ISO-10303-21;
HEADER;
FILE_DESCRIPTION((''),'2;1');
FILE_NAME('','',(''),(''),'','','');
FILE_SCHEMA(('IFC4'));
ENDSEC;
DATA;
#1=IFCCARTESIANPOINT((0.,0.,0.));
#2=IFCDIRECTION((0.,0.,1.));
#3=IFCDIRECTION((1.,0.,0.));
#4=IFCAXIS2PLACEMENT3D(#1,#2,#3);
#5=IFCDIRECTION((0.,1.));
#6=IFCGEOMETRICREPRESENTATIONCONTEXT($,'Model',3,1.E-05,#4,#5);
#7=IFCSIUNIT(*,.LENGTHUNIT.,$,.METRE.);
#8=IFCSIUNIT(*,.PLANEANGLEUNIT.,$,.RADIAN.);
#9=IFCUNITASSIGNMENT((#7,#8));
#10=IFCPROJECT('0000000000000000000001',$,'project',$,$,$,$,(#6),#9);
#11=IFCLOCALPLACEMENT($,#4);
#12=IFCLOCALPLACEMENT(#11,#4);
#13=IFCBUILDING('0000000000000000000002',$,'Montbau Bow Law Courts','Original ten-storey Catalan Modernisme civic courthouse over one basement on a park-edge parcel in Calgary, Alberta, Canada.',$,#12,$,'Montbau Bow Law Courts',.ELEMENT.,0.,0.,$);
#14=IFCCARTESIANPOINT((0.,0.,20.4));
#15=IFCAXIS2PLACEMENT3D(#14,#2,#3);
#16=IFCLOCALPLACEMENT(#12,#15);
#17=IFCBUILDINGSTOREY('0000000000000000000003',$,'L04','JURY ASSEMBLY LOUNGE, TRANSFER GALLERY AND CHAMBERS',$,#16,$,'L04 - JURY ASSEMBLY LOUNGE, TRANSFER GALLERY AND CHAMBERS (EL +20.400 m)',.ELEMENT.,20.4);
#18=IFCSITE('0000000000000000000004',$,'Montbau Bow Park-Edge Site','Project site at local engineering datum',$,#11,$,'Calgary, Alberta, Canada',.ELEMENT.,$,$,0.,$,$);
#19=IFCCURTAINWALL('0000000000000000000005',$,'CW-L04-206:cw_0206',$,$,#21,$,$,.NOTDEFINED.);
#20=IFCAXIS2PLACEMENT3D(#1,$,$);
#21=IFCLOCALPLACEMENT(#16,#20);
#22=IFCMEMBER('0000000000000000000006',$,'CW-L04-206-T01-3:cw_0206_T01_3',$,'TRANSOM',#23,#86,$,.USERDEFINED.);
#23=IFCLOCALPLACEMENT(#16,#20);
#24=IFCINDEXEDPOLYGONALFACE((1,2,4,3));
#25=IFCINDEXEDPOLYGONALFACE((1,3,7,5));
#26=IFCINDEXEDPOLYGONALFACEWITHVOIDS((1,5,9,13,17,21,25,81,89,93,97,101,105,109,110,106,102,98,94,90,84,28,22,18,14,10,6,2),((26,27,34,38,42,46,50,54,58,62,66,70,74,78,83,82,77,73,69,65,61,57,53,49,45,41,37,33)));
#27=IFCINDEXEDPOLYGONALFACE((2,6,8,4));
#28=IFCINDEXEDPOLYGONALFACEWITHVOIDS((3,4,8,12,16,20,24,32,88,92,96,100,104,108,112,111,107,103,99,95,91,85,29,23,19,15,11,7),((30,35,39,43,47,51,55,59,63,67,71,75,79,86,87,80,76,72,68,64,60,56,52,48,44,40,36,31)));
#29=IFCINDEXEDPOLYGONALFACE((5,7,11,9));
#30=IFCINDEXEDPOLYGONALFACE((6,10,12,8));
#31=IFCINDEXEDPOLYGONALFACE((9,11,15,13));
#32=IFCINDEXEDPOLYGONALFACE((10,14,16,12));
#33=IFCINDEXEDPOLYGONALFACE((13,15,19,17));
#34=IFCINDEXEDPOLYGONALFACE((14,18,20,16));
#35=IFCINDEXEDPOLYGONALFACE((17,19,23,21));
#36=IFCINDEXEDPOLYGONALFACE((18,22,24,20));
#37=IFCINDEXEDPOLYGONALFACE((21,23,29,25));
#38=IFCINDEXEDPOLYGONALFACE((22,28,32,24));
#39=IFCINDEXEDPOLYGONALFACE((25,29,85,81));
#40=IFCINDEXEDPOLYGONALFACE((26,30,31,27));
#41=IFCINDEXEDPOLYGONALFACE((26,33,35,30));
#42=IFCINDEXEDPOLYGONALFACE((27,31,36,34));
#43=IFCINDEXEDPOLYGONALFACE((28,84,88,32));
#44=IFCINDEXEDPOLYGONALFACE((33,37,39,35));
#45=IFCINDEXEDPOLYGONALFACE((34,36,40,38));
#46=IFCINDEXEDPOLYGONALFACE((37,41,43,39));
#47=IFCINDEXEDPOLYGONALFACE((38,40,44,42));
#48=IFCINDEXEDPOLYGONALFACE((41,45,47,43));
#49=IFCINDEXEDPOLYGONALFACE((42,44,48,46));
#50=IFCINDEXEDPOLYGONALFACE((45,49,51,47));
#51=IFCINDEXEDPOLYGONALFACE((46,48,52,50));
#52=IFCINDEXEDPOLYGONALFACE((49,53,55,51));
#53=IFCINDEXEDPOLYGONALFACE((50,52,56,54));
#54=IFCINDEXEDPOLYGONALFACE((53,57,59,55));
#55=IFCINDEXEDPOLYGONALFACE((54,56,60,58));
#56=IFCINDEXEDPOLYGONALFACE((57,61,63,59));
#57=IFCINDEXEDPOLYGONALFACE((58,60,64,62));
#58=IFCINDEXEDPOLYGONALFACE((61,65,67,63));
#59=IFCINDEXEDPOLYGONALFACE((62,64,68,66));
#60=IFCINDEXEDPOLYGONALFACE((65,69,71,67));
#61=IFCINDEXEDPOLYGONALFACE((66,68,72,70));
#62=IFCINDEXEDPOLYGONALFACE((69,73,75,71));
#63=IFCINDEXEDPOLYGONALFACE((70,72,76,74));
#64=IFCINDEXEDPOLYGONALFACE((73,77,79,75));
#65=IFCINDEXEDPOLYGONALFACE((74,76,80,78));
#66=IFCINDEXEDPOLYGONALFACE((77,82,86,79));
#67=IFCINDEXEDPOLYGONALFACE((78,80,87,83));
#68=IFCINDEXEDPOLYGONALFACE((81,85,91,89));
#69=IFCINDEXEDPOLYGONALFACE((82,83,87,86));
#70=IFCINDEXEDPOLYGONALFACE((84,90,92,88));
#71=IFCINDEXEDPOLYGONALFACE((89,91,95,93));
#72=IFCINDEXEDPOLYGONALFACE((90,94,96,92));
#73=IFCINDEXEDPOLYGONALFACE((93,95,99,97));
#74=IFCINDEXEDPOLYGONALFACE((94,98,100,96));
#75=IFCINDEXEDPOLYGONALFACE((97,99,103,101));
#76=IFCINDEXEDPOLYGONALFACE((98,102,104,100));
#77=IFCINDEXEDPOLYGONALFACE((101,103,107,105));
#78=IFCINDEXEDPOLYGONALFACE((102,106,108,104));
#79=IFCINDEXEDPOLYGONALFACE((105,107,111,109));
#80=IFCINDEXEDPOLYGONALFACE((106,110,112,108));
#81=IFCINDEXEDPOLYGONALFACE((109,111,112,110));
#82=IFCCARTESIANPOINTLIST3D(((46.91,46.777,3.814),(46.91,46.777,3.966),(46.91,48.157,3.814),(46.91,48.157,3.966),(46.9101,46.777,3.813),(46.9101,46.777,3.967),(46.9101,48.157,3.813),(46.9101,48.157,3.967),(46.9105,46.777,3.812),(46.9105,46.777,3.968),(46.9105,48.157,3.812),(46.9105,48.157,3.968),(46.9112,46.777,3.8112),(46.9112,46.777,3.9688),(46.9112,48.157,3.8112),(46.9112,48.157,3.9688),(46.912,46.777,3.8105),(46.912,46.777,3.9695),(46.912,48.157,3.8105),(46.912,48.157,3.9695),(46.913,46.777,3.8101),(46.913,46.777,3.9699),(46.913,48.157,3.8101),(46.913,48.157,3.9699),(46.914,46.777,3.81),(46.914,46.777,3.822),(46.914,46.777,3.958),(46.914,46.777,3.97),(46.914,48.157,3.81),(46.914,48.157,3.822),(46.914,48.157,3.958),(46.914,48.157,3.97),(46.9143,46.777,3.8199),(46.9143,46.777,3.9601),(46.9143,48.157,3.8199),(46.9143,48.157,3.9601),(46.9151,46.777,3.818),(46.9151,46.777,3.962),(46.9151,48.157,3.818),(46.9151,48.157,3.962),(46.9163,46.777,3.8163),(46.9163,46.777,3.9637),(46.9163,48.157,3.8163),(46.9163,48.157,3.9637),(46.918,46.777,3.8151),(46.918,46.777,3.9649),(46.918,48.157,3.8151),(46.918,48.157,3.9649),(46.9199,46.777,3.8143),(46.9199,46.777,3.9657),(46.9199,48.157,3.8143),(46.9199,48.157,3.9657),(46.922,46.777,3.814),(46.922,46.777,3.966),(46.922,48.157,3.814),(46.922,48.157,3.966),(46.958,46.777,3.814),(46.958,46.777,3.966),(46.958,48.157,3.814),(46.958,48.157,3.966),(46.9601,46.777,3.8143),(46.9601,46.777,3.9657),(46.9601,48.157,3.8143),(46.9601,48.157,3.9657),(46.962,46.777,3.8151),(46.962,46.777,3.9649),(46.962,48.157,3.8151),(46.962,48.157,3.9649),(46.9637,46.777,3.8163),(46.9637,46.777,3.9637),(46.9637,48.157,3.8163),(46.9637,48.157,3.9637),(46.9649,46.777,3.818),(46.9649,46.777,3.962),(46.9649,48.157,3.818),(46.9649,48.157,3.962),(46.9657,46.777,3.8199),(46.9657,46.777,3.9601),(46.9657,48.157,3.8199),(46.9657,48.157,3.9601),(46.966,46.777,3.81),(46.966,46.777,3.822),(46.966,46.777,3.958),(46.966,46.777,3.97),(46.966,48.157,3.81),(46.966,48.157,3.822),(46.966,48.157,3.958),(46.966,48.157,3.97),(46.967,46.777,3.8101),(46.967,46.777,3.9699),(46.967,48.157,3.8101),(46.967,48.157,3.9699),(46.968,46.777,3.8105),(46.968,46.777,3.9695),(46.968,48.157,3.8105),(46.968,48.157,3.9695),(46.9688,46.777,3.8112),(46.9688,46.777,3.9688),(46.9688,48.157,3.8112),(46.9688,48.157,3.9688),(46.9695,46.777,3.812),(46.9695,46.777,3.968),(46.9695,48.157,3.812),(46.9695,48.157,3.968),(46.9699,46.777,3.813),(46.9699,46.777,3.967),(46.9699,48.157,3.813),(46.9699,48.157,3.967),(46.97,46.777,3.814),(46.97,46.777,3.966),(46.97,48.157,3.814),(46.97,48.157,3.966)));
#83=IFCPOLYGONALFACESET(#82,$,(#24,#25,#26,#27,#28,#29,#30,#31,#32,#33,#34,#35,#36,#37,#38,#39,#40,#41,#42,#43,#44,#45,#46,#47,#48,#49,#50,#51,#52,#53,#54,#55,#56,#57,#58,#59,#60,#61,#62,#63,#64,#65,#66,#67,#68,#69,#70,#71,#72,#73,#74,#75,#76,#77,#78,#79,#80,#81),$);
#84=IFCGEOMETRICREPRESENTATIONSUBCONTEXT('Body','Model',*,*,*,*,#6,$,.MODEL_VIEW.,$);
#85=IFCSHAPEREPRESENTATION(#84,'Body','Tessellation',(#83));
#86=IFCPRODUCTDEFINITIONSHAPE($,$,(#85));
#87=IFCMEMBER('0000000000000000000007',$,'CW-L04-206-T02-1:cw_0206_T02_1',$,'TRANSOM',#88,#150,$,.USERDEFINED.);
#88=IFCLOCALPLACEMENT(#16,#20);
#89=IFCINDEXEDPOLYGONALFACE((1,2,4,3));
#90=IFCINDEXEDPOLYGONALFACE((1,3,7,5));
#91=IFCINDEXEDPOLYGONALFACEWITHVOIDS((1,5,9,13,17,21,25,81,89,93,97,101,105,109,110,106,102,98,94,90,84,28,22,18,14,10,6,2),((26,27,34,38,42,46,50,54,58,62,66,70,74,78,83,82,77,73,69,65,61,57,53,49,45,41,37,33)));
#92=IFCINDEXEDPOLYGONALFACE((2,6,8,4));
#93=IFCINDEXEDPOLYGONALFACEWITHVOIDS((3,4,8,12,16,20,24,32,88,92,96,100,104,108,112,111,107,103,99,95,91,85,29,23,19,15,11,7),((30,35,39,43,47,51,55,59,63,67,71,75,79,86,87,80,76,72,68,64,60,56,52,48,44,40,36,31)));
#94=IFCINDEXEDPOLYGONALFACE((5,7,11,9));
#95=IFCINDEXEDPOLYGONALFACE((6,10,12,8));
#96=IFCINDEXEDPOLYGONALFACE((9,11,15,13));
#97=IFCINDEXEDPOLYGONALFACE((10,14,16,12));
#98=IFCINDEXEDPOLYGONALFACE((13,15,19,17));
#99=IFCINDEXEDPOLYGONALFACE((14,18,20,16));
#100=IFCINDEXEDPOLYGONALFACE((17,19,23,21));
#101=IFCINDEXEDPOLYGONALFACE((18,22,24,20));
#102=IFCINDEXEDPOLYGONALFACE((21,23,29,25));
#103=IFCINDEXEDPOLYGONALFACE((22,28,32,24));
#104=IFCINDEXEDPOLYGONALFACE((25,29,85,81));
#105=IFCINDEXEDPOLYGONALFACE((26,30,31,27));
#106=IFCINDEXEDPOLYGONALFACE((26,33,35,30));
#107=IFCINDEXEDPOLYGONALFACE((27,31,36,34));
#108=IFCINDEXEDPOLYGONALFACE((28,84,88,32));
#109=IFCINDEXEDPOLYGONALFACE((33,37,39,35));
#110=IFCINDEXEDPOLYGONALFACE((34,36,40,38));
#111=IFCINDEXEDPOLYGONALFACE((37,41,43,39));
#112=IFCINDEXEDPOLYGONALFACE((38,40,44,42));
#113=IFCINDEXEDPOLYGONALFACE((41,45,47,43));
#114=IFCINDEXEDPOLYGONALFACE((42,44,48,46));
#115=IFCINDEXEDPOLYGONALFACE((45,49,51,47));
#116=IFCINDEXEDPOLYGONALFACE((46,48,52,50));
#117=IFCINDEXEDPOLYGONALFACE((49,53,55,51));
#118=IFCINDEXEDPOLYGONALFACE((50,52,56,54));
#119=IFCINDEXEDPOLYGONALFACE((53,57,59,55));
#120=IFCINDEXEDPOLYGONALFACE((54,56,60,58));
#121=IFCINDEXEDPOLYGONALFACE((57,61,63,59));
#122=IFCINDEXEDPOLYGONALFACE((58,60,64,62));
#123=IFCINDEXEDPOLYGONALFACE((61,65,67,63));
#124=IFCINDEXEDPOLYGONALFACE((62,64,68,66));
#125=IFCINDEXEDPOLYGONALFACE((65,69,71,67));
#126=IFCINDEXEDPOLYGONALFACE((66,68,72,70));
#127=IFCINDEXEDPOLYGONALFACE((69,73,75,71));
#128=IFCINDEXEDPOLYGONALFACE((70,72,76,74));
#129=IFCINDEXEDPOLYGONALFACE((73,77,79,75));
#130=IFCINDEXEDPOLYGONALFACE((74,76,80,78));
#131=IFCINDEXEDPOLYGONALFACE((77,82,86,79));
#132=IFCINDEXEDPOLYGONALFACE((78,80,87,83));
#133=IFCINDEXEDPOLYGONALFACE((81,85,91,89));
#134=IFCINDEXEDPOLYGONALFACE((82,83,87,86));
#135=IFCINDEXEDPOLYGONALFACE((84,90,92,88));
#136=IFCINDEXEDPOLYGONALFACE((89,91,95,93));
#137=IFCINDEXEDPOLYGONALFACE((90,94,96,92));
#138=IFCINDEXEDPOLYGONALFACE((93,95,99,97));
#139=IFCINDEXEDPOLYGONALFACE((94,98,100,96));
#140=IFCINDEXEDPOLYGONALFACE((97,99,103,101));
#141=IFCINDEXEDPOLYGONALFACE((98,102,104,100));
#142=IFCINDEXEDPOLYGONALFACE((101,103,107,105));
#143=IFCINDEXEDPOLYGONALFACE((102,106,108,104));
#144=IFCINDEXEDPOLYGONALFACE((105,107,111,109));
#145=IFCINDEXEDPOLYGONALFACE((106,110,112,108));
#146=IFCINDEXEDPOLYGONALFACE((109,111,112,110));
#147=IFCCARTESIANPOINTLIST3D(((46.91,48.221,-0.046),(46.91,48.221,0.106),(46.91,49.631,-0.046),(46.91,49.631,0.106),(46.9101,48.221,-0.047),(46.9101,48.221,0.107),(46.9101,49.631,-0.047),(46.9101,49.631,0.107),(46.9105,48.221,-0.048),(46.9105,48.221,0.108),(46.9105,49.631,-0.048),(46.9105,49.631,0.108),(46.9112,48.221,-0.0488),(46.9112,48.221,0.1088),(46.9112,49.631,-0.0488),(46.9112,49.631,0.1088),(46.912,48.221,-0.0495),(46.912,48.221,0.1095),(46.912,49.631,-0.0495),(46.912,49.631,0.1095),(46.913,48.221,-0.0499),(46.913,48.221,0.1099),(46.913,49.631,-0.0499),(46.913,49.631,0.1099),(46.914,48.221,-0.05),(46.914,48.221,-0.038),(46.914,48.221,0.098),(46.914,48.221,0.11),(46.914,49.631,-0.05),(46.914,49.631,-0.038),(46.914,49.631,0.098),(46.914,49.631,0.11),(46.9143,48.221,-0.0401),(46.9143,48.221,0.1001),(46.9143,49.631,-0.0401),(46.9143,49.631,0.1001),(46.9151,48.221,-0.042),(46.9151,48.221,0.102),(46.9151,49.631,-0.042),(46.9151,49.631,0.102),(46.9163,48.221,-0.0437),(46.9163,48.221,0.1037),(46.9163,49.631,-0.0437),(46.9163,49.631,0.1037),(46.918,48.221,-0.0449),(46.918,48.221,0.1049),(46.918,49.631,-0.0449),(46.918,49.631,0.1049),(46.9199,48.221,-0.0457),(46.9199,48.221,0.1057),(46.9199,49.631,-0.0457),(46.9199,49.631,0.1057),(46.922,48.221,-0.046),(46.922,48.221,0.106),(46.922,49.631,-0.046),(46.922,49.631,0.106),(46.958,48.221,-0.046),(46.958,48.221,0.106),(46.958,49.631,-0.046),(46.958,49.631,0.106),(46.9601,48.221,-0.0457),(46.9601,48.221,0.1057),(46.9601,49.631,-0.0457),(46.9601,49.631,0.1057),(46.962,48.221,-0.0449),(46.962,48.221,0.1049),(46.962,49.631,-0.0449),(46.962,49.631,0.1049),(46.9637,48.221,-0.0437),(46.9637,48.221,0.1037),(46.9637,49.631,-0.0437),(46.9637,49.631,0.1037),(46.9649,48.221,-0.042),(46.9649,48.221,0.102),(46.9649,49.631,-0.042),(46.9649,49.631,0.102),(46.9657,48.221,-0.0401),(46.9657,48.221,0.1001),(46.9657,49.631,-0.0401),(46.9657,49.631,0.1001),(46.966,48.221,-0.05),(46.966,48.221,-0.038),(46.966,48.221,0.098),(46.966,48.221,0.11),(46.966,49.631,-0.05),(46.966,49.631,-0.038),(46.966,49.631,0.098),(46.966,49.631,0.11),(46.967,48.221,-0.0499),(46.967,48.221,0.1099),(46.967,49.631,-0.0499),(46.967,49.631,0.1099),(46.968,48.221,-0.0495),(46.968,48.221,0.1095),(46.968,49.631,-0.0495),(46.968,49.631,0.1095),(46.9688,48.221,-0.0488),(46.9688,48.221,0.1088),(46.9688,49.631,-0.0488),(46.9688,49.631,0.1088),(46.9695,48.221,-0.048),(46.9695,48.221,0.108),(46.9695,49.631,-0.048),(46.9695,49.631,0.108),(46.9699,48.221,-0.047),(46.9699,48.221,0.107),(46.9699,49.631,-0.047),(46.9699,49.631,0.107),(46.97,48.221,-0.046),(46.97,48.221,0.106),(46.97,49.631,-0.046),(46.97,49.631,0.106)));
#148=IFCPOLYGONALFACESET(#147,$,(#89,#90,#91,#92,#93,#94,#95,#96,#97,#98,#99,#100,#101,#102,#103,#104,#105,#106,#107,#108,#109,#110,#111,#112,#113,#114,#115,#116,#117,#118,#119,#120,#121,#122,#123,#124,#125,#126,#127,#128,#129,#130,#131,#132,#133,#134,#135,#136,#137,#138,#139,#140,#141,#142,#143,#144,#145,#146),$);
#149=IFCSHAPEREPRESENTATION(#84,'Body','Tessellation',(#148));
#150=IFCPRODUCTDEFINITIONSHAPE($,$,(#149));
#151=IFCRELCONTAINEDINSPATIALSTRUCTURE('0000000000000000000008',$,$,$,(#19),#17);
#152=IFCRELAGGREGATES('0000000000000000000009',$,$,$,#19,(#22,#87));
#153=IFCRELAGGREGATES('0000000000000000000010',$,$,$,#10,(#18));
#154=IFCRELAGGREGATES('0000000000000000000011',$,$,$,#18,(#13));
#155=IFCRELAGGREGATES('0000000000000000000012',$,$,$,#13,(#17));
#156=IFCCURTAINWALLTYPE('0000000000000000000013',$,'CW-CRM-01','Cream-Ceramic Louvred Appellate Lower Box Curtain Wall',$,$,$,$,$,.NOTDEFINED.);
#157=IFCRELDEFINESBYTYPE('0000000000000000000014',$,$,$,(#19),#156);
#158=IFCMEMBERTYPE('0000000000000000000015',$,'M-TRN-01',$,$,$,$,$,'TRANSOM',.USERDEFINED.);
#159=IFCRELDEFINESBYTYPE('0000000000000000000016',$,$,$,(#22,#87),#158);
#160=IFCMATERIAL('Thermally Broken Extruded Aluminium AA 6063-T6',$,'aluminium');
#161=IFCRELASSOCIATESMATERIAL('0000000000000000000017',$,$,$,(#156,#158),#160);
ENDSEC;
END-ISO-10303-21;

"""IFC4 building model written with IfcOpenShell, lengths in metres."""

from ifc_helpers import new_model, si_unit, direction, frame, origin_with_axes, origin_2d_with_axis, place, context, subcontext, project, spatial, hollow_rectangle, extrude, material, material_profile, profile_set, type_object, element, aggregate, save


model = new_model("IFC4")

# Units and contexts
model_context = context("Model", 3, precision=1e-05, world=origin_with_axes(), true_north=direction((0.0, 1.0)))
body_context = subcontext(model_context, "Body", "Model", "MODEL_VIEW")
ifc_project = project(units=[si_unit("LENGTHUNIT", "METRE"), si_unit("PLANEANGLEUNIT", "RADIAN")], contexts=[model_context])

# Site, building, storey
site_placement = place(None, origin_with_axes())
site = spatial("IfcSite", under=ifc_project, at=site_placement, Name="Montbau Bow Park-Edge Site", Description="Project site at local engineering datum", LongName="Calgary, Alberta, Canada", CompositionType="ELEMENT", RefElevation=0.0)
building_placement = place(site_placement, origin_with_axes())
building = spatial("IfcBuilding", under=site, at=building_placement, Name="Montbau Bow Law Courts", Description="Original ten-storey Catalan Modernisme civic courthouse over one basement on a park-edge parcel in Calgary, Alberta, Canada.", LongName="Montbau Bow Law Courts", CompositionType="ELEMENT", ElevationOfRefHeight=0.0, ElevationOfTerrain=0.0)
storey_placement = place(building_placement, frame((0.0, 0.0, 20.4), z_axis=(0.0, 0.0, 1.0), x_axis=(1.0, 0.0, 0.0)))
storey = spatial("IfcBuildingStorey", under=building, at=storey_placement, Name="L04", Description="JURY ASSEMBLY LOUNGE, TRANSFER GALLERY AND CHAMBERS", LongName="L04 - JURY ASSEMBLY LOUNGE, TRANSFER GALLERY AND CHAMBERS (EL +20.400 m)", CompositionType="ELEMENT", Elevation=20.4)

# Curtain wall, members
ifc_material_1 = material(Name="Thermally Broken Extruded Aluminium AA 6063-T6", Category="aluminium")
curtain_wall_type = type_object("IfcCurtainWallType", Name="CW-CRM-01", Description="Cream-Ceramic Louvred Appellate Lower Box Curtain Wall", PredefinedType="NOTDEFINED", material=ifc_material_1)
curtain_wall_1_placement = place(None, frame((46.94, 46.715, 20.4), z_axis=(0.0, 0.0, 1.0), x_axis=(1.0, 0.0, 0.0)))
curtain_wall_1 = element("IfcCurtainWall", 1, at=curtain_wall_1_placement, inside=storey, type_object=curtain_wall_type, Name="CW-L04-206:cw_0206", PredefinedType="NOTDEFINED")
ifc_material_profile_1 = material_profile(ifc_material_1, hollow_rectangle(XDim=0.06, YDim=0.16, WallThickness=0.004, InnerFilletRadius=0.008, OuterFilletRadius=0.004, at=origin_2d_with_axis()), Name="CWT-160X60", Category="Main", Priority=0)
ifc_profile_set_1 = profile_set([ifc_material_profile_1], Name="Thermally Broken Extruded Aluminium AA 6063-T6")
member_type_1 = type_object("IfcMemberType", Name="M-TRN-01", ElementType="TRANSOM", PredefinedType="USERDEFINED", material=ifc_profile_set_1)
member_1_placement = place(None, frame((46.94, 46.777, 24.29), z_axis=(0.0, 1.0, 0.0), x_axis=(-1.0, 0.0, 0.0)))
member_1 = element("IfcMember", 2, at=member_1_placement, type_object=member_type_1, Name="CW-L04-206-T01-3:cw_0206_T01_3", ObjectType="TRANSOM", PredefinedType="USERDEFINED", context=body_context, shape_type="SweptSolid", body=[
    extrude(hollow_rectangle(XDim=0.06, YDim=0.16, WallThickness=0.004, InnerFilletRadius=0.008, OuterFilletRadius=0.004, at=origin_2d_with_axis()), origin_with_axes(), (0.0, 0.0, 1.0), 1.38),
])
member_2_placement = place(None, frame((46.94, 48.221, 20.43), z_axis=(0.0, 1.0, 0.0), x_axis=(-1.0, 0.0, 0.0)))
member_2 = element("IfcMember", 3, at=member_2_placement, type_object=member_type_1, Name="CW-L04-206-T02-1:cw_0206_T02_1", ObjectType="TRANSOM", PredefinedType="USERDEFINED", context=body_context, shape_type="SweptSolid", body=[
    extrude(hollow_rectangle(XDim=0.06, YDim=0.16, WallThickness=0.004, InnerFilletRadius=0.008, OuterFilletRadius=0.004, at=origin_2d_with_axis()), origin_with_axes(), (0.0, 0.0, 1.0), 1.41),
])

aggregate(curtain_wall_1, [member_1, member_2])

save(model, "model.ifc")
